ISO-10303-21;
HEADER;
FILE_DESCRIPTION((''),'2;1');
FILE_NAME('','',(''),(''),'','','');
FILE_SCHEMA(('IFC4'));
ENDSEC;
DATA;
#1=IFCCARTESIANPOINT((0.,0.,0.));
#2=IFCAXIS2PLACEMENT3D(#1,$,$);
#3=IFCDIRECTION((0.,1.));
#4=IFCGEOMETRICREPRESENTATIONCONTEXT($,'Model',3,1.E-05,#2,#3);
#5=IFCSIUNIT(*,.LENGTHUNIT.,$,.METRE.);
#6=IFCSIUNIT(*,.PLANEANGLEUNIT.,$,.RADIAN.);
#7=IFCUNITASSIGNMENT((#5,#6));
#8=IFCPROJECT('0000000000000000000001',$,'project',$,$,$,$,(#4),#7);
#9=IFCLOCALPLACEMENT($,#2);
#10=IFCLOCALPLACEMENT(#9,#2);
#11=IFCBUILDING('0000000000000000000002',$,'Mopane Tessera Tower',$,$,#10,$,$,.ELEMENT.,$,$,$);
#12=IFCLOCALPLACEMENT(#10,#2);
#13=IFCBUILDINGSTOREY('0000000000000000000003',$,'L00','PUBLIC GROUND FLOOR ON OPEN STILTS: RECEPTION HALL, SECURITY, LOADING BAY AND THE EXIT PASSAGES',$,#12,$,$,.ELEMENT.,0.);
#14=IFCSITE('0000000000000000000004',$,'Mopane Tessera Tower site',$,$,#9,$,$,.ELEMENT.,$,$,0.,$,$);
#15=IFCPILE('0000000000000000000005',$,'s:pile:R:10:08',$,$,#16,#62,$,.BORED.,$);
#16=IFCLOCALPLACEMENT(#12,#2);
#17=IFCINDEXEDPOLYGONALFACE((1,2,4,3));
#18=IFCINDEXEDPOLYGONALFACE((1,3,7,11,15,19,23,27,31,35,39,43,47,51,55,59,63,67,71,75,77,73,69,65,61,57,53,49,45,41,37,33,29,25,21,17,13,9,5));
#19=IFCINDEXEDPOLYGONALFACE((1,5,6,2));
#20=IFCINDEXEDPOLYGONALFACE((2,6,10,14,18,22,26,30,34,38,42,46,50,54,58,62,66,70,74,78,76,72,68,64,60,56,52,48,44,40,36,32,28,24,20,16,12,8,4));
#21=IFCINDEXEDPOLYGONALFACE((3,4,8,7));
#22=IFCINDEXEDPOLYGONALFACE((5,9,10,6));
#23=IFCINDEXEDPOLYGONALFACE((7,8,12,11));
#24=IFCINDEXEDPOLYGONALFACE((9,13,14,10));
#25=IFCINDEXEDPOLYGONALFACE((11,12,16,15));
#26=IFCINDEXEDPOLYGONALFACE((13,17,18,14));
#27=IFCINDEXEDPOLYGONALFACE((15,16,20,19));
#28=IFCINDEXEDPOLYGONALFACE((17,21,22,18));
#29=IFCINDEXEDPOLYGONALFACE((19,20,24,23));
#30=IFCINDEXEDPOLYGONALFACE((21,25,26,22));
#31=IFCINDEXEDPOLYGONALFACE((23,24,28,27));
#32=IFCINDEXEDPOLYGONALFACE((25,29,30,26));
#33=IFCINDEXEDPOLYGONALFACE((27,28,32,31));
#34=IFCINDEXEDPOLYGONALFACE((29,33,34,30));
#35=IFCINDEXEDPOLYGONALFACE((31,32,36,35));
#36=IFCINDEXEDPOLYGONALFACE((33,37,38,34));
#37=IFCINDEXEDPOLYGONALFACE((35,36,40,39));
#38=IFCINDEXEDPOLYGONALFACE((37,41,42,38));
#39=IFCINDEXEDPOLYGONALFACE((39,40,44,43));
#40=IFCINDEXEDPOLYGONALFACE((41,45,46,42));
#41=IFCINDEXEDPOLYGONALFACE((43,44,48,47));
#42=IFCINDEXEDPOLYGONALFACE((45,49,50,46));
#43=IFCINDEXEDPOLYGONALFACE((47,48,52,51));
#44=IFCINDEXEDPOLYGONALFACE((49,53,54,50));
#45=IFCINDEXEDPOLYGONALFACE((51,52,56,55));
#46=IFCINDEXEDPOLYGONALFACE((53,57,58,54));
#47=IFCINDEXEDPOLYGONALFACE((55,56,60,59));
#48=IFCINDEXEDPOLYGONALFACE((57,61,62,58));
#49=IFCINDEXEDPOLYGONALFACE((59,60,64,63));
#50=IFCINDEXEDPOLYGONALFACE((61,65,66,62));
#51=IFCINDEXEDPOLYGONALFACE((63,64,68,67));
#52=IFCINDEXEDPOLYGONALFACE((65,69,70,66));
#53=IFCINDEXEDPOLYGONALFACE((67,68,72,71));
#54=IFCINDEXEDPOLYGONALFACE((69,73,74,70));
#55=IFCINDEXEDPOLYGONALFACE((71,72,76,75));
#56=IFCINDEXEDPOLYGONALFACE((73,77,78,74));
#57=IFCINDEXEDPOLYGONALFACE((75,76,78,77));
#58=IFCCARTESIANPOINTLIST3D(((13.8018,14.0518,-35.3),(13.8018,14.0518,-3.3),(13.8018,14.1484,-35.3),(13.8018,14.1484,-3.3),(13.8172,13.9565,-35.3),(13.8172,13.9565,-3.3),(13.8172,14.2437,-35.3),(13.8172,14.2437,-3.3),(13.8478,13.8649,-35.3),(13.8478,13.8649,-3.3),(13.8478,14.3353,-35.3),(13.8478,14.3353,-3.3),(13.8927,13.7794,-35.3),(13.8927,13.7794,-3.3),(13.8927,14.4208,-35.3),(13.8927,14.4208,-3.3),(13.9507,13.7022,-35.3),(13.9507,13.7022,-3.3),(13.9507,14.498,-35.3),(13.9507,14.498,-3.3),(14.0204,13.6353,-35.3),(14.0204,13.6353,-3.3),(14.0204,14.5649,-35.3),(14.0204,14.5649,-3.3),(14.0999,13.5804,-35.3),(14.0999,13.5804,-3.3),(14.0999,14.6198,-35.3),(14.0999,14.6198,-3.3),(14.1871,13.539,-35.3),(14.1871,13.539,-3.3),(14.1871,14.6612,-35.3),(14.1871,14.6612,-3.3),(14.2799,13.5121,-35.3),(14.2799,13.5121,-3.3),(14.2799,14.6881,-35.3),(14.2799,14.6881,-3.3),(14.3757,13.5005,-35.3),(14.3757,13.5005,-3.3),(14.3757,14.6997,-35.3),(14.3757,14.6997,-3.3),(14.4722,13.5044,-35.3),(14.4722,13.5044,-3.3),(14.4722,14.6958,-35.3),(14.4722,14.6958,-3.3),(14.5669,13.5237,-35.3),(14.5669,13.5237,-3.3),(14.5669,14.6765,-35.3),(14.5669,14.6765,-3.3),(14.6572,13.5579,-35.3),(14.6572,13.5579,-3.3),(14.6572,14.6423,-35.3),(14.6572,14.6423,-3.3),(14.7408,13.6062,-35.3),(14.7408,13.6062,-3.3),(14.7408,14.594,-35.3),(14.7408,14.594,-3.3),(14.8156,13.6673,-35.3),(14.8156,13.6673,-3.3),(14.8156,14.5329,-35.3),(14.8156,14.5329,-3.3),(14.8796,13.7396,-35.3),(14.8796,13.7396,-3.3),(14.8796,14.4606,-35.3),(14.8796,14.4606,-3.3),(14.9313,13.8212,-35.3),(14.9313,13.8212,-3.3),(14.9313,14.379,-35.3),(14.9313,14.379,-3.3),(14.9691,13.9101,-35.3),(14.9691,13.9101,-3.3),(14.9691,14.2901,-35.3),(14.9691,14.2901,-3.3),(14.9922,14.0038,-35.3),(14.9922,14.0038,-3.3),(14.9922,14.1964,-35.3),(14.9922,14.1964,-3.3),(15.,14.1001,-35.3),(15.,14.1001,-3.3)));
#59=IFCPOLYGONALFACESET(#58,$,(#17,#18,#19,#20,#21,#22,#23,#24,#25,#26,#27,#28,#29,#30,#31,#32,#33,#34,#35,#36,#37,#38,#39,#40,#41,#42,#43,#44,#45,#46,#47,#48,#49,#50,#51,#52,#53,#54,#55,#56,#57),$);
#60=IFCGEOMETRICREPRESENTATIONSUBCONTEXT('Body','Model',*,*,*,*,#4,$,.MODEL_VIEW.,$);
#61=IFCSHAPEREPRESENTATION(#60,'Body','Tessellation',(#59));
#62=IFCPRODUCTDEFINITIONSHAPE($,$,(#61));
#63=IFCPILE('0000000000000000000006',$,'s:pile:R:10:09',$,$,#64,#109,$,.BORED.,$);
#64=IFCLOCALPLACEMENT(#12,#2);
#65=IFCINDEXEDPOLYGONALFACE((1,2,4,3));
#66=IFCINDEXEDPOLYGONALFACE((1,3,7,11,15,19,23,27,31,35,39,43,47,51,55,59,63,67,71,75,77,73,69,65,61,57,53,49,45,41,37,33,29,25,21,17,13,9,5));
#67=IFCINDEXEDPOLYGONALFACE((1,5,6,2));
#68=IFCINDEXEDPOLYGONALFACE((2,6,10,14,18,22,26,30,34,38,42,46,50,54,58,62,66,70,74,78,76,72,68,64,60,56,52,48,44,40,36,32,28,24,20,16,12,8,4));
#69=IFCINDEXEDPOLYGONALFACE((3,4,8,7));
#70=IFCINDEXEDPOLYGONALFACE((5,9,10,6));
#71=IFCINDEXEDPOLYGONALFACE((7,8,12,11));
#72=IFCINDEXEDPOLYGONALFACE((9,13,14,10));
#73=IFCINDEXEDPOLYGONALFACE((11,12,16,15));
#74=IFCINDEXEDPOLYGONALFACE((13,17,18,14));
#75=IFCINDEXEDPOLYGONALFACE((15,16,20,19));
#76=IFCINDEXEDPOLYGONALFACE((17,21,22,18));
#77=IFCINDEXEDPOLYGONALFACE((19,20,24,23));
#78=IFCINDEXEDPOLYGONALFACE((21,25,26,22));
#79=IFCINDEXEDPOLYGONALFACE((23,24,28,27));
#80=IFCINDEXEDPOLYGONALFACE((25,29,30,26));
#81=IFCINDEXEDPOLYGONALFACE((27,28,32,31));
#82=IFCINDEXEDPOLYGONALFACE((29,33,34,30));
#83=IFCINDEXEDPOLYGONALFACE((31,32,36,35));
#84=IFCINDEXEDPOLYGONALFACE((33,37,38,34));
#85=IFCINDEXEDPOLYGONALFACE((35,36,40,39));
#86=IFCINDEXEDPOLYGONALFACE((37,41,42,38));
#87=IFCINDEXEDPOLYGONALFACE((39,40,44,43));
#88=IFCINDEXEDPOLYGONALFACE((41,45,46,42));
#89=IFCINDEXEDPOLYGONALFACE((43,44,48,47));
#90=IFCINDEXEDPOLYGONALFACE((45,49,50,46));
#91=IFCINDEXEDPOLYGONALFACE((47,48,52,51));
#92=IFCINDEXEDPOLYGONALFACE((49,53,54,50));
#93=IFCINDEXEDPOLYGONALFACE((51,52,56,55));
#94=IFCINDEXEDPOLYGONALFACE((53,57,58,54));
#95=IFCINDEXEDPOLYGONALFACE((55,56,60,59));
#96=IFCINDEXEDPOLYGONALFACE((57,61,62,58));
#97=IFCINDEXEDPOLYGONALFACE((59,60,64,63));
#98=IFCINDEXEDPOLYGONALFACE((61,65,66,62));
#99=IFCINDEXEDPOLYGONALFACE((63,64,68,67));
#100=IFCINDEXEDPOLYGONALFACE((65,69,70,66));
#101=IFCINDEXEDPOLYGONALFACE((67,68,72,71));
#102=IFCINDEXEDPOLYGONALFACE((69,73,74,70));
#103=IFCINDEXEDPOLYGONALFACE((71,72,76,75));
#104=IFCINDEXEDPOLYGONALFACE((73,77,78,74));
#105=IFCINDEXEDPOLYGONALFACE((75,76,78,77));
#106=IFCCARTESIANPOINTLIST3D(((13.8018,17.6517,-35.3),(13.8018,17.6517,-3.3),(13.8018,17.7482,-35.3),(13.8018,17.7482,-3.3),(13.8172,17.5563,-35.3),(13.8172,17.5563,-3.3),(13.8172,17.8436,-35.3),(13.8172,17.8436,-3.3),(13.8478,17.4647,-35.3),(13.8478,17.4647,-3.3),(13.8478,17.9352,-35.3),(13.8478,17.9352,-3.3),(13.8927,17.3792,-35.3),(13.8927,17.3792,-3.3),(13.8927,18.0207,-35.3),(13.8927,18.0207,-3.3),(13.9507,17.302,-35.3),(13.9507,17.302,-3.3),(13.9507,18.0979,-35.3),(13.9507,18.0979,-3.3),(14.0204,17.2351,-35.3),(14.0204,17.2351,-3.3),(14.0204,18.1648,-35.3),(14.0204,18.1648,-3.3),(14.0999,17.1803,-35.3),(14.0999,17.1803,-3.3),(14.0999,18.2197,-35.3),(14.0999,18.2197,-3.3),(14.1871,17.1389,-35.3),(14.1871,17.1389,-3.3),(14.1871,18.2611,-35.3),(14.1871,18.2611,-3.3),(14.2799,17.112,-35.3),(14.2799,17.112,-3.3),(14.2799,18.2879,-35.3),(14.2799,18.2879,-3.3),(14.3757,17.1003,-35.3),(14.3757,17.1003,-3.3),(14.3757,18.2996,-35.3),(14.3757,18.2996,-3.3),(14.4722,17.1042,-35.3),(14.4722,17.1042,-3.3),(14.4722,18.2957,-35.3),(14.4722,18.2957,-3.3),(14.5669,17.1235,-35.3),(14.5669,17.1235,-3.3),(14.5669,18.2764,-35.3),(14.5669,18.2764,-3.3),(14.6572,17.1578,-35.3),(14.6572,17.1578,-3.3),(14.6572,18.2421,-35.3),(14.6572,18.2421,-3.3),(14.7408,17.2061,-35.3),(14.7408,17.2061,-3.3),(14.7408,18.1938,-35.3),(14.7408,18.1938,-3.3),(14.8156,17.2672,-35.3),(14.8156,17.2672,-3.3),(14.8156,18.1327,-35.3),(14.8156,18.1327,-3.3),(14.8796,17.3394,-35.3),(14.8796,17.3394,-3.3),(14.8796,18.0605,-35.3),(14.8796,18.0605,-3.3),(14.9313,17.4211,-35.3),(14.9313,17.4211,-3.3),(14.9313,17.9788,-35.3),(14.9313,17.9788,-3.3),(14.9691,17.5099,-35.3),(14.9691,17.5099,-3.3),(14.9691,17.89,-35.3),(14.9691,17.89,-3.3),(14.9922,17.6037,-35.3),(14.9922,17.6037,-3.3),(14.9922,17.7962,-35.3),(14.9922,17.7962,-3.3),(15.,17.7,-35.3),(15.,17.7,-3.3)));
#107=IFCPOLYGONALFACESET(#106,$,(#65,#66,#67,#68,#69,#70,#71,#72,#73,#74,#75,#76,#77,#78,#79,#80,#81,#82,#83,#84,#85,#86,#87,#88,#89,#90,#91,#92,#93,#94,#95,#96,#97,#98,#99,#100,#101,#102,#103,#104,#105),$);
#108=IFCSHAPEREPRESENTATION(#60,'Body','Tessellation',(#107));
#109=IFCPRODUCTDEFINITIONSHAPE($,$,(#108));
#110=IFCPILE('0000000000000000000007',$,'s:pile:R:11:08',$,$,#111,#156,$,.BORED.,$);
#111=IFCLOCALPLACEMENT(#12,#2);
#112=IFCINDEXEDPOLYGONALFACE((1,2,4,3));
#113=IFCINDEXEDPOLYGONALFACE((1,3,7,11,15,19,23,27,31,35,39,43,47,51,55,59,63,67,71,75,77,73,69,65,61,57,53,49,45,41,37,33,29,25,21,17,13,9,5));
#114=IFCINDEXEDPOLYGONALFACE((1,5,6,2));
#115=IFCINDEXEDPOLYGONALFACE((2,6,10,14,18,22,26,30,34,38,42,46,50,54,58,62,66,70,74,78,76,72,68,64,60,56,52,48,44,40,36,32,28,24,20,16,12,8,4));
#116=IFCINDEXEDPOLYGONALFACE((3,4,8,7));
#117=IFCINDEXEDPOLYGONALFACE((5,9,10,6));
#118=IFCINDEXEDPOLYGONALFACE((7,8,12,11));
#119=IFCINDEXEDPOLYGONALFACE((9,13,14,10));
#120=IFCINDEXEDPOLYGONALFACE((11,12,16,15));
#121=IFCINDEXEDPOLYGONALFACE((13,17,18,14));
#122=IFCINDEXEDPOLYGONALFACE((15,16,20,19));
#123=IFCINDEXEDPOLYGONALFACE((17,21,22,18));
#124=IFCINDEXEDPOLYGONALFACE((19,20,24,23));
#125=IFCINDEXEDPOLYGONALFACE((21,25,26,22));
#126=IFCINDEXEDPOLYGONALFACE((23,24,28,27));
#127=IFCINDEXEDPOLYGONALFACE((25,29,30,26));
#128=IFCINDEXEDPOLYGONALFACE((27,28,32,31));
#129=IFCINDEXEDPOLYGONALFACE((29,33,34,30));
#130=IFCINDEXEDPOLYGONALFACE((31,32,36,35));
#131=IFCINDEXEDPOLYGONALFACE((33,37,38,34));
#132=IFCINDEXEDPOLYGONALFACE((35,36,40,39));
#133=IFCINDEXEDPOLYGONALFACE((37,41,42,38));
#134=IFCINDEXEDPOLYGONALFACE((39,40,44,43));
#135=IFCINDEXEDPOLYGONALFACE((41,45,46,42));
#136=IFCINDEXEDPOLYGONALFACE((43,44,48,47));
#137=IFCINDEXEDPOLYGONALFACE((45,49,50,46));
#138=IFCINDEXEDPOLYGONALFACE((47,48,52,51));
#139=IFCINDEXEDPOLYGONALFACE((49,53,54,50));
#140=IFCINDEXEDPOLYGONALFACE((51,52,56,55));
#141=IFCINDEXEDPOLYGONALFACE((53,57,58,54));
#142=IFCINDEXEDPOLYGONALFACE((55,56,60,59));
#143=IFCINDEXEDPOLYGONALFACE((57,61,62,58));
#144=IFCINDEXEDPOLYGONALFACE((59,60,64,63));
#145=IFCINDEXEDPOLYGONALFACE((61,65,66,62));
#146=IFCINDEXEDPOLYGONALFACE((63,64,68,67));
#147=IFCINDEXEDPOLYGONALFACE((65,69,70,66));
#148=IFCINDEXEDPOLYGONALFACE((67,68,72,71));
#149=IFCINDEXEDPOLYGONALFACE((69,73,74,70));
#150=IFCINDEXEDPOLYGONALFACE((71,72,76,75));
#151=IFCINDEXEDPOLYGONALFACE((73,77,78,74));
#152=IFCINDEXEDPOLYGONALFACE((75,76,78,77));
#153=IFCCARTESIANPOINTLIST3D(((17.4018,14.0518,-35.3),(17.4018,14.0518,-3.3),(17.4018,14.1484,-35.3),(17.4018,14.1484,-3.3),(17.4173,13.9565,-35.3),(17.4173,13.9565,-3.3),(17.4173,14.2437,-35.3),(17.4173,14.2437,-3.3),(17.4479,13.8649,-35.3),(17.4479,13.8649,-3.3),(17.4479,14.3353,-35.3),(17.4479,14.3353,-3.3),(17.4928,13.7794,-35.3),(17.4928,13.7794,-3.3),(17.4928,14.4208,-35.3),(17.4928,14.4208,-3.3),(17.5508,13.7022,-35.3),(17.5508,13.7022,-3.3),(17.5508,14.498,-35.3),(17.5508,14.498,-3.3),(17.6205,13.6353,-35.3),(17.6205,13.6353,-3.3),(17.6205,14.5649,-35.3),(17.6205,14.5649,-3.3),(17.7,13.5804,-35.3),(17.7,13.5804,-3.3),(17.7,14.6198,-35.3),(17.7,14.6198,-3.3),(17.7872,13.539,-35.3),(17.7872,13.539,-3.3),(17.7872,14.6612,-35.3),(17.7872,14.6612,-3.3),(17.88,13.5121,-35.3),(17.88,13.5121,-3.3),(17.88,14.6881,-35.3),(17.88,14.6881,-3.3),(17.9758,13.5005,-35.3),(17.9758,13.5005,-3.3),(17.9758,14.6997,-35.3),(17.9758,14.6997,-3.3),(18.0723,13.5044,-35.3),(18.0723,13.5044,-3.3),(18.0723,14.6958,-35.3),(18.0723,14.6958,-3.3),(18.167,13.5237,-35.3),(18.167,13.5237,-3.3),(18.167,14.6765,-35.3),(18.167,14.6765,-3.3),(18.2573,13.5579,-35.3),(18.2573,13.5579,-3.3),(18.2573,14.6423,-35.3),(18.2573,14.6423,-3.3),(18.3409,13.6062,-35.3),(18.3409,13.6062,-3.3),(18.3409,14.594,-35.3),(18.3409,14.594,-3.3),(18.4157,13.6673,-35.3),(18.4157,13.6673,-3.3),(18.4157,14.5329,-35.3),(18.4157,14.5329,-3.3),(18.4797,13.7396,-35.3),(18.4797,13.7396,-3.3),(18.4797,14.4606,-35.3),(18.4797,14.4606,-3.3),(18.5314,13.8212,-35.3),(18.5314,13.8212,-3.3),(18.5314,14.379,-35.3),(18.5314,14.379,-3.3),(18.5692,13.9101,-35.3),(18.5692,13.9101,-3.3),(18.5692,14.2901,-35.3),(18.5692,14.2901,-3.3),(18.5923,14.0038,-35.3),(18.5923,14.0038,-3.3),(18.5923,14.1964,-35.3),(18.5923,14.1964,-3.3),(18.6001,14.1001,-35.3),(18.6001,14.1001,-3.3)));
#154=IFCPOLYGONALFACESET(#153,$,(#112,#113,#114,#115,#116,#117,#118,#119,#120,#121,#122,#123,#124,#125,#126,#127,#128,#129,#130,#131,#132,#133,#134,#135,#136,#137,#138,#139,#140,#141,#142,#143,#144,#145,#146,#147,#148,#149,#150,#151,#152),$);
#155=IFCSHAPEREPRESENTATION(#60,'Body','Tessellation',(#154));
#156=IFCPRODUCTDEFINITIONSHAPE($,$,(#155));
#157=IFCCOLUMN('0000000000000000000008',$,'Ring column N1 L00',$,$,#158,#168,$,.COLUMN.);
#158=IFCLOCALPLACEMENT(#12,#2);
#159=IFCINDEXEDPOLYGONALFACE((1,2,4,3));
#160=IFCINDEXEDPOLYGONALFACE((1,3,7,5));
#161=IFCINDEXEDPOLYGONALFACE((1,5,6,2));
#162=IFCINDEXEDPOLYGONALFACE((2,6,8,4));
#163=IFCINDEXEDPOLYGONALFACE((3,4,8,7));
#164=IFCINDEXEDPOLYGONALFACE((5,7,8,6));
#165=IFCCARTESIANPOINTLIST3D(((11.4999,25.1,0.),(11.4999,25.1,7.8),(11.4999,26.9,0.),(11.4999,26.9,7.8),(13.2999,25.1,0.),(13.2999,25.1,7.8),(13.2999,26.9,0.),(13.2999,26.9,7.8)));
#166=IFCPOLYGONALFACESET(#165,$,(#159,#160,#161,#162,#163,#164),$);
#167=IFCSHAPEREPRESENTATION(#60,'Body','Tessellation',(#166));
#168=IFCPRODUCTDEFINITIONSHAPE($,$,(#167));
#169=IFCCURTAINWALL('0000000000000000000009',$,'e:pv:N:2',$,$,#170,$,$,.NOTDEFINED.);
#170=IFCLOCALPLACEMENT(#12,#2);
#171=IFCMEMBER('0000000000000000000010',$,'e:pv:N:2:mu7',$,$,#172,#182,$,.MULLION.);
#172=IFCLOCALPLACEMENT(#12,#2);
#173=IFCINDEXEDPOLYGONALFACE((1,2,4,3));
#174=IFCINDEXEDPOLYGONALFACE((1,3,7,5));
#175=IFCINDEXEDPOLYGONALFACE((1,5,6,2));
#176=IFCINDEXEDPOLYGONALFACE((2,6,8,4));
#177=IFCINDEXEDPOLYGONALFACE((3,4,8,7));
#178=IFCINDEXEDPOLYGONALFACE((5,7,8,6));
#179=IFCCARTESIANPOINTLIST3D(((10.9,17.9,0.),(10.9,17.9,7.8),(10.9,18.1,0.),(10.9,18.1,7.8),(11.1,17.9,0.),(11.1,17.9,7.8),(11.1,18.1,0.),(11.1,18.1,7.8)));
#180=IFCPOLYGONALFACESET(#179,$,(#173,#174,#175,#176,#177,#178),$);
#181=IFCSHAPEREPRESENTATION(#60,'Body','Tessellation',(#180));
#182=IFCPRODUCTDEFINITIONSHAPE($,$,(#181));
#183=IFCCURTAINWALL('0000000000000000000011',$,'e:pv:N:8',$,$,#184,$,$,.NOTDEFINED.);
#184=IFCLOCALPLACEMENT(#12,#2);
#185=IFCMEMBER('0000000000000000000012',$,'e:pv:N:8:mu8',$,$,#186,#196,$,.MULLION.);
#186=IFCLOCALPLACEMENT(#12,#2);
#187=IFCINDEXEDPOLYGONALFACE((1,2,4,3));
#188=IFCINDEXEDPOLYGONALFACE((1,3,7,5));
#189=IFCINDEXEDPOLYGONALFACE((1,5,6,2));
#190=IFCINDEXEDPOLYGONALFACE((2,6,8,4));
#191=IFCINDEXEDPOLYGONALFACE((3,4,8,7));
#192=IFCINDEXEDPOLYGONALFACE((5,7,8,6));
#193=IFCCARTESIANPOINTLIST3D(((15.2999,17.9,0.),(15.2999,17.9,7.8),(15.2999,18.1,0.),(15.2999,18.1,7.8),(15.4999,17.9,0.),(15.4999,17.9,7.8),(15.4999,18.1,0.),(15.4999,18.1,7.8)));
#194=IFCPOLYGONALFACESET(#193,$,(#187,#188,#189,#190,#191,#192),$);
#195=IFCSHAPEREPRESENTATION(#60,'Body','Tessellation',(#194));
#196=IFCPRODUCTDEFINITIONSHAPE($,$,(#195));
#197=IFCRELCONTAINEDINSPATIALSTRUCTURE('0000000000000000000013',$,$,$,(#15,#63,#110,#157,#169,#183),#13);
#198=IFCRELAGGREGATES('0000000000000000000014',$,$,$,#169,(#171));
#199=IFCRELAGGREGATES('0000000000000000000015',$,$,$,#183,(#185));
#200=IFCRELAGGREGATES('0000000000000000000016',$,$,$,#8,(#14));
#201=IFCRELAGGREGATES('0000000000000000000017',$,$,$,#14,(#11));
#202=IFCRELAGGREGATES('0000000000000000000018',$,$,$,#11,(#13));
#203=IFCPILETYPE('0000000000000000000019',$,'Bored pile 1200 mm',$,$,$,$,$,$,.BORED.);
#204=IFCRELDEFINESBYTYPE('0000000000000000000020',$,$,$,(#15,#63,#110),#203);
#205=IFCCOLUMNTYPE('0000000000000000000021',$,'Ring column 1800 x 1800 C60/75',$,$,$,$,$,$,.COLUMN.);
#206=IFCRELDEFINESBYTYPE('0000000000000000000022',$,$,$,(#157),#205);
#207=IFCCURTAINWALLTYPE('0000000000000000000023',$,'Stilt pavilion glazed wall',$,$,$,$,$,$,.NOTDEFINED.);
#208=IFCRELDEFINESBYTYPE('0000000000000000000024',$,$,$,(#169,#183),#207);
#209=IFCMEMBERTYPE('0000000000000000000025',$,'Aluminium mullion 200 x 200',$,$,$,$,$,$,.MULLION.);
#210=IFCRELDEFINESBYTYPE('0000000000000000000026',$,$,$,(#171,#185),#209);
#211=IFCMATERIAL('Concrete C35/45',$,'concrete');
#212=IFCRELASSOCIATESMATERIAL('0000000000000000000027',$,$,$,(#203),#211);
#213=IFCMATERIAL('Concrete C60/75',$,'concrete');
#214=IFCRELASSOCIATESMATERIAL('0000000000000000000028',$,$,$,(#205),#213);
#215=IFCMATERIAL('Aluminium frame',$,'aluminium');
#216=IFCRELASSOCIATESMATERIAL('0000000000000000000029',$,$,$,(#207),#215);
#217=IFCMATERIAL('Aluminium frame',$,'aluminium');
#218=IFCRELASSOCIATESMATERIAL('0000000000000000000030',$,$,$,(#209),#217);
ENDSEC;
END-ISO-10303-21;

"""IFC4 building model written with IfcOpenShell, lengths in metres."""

from ifc_helpers import new_model, si_unit, direction, frame, origin, origin_2d, place, context, subcontext, project, spatial, rectangle, circle, extrude, material, material_profile, profile_set, type_object, element, aggregate, save


model = new_model("IFC4")

# Units and contexts
model_context = context("Model", 3, precision=1e-05, world=origin(), true_north=direction((0.0, 1.0)))
body_context = subcontext(model_context, "Body", "Model", "MODEL_VIEW")
ifc_project = project(units=[si_unit("LENGTHUNIT", "METRE"), si_unit("PLANEANGLEUNIT", "RADIAN")], contexts=[model_context])

# Site, building, storey
site_placement = place(None, origin())
site = spatial("IfcSite", under=ifc_project, at=site_placement, Name="Mopane Tessera Tower site", CompositionType="ELEMENT", RefElevation=0.0)
building_placement = place(site_placement, origin())
building = spatial("IfcBuilding", under=site, at=building_placement, Name="Mopane Tessera Tower", CompositionType="ELEMENT")
storey_placement = place(building_placement, origin())
storey = spatial("IfcBuildingStorey", under=building, at=storey_placement, Name="L00", Description="PUBLIC GROUND FLOOR ON OPEN STILTS: RECEPTION HALL, SECURITY, LOADING BAY AND THE EXIT PASSAGES", CompositionType="ELEMENT", Elevation=0.0)

# Piles
ifc_material_1 = material(Name="Concrete C35/45", Category="concrete")
ifc_material_profile_1 = material_profile(ifc_material_1, circle(Radius=0.6001, at=origin_2d()))
ifc_profile_set_1 = profile_set([ifc_material_profile_1], Name="Concrete C35/45")
pile_type_1 = type_object("IfcPileType", Name="Bored pile 1200 mm", PredefinedType="BORED", material=ifc_profile_set_1)
for number, where, z_axis, x_axis, name in (
    (1, (14.3999, 14.1001, -3.3), (0.0, 0.0, -1.0), (1.0, 0.0, 0.0), "s:pile:R:10:08"),
    (2, (14.3999, 17.7, -3.3), (0.0, 0.0, -1.0), (1.0, 0.0, 0.0), "s:pile:R:10:09"),
    (3, (18.0, 14.1001, -3.3), (0.0, 0.0, -1.0), (1.0, 0.0, 0.0), "s:pile:R:11:08"),
):
    element("IfcPile", number, at=place(storey_placement, frame(where, z_axis=z_axis, x_axis=x_axis)), inside=storey, type_object=pile_type_1, Name=name, PredefinedType="BORED", context=body_context, shape_type="SweptSolid", body=[
        extrude(circle(Radius=0.6001, at=origin_2d()), origin(), (0.0, 0.0, 1.0), 32.0),
    ])

# Column
ifc_material_2 = material(Name="Concrete C60/75", Category="concrete")
ifc_material_profile_2 = material_profile(ifc_material_2, rectangle(XDim=1.8, YDim=1.8, at=origin_2d()))
ifc_profile_set_2 = profile_set([ifc_material_profile_2], Name="Concrete C60/75")
column_type = type_object("IfcColumnType", Name="Ring column 1800 x 1800 C60/75", PredefinedType="COLUMN", material=ifc_profile_set_2)
column_placement = place(storey_placement, frame((12.3999, 26.0, 0.0), z_axis=(0.0, 0.0, 1.0), x_axis=(1.0, 0.0, 0.0)))
element("IfcColumn", 4, at=column_placement, inside=storey, type_object=column_type, Name="Ring column N1 L00", PredefinedType="COLUMN", context=body_context, shape_type="SweptSolid", body=[
    extrude(rectangle(XDim=1.8, YDim=1.8, at=origin_2d()), origin(), (0.0, 0.0, 1.0), 7.8),
])

# Curtain wall, member
ifc_material_3 = material(Name="Aluminium frame", Category="aluminium")
curtain_wall_type = type_object("IfcCurtainWallType", Name="Stilt pavilion glazed wall", PredefinedType="NOTDEFINED", material=ifc_material_3)
curtain_wall_1_placement = place(storey_placement, origin())
curtain_wall_1 = element("IfcCurtainWall", 5, at=curtain_wall_1_placement, inside=storey, type_object=curtain_wall_type, Name="e:pv:N:2", PredefinedType="NOTDEFINED")
ifc_material_4 = material(Name="Aluminium frame", Category="aluminium")
ifc_material_profile_3 = material_profile(ifc_material_4, rectangle(XDim=0.2, YDim=0.2, at=origin_2d()))
ifc_profile_set_3 = profile_set([ifc_material_profile_3], Name="Aluminium frame")
member_type_1 = type_object("IfcMemberType", Name="Aluminium mullion 200 x 200", PredefinedType="MULLION", material=ifc_profile_set_3)
member_1_placement = place(storey_placement, frame((11.0, 18.0, 0.0), z_axis=(0.0, 0.0, 1.0), x_axis=(1.0, 0.0, 0.0)))
member_1 = element("IfcMember", 6, at=member_1_placement, type_object=member_type_1, Name="e:pv:N:2:mu7", PredefinedType="MULLION", context=body_context, shape_type="SweptSolid", body=[
    extrude(rectangle(XDim=0.2, YDim=0.2, at=origin_2d()), origin(), (0.0, 0.0, 1.0), 7.8),
])
aggregate(curtain_wall_1, [member_1])

# Curtain wall, member
curtain_wall_2_placement = place(storey_placement, origin())
curtain_wall_2 = element("IfcCurtainWall", 7, at=curtain_wall_2_placement, inside=storey, type_object=curtain_wall_type, Name="e:pv:N:8", PredefinedType="NOTDEFINED")
member_2_placement = place(storey_placement, frame((15.3999, 18.0, 0.0), z_axis=(0.0, 0.0, 1.0), x_axis=(1.0, 0.0, 0.0)))
member_2 = element("IfcMember", 8, at=member_2_placement, type_object=member_type_1, Name="e:pv:N:8:mu8", PredefinedType="MULLION", context=body_context, shape_type="SweptSolid", body=[
    extrude(rectangle(XDim=0.2, YDim=0.2, at=origin_2d()), origin(), (0.0, 0.0, 1.0), 7.8),
])

aggregate(curtain_wall_2, [member_2])

save(model, "model.ifc")
